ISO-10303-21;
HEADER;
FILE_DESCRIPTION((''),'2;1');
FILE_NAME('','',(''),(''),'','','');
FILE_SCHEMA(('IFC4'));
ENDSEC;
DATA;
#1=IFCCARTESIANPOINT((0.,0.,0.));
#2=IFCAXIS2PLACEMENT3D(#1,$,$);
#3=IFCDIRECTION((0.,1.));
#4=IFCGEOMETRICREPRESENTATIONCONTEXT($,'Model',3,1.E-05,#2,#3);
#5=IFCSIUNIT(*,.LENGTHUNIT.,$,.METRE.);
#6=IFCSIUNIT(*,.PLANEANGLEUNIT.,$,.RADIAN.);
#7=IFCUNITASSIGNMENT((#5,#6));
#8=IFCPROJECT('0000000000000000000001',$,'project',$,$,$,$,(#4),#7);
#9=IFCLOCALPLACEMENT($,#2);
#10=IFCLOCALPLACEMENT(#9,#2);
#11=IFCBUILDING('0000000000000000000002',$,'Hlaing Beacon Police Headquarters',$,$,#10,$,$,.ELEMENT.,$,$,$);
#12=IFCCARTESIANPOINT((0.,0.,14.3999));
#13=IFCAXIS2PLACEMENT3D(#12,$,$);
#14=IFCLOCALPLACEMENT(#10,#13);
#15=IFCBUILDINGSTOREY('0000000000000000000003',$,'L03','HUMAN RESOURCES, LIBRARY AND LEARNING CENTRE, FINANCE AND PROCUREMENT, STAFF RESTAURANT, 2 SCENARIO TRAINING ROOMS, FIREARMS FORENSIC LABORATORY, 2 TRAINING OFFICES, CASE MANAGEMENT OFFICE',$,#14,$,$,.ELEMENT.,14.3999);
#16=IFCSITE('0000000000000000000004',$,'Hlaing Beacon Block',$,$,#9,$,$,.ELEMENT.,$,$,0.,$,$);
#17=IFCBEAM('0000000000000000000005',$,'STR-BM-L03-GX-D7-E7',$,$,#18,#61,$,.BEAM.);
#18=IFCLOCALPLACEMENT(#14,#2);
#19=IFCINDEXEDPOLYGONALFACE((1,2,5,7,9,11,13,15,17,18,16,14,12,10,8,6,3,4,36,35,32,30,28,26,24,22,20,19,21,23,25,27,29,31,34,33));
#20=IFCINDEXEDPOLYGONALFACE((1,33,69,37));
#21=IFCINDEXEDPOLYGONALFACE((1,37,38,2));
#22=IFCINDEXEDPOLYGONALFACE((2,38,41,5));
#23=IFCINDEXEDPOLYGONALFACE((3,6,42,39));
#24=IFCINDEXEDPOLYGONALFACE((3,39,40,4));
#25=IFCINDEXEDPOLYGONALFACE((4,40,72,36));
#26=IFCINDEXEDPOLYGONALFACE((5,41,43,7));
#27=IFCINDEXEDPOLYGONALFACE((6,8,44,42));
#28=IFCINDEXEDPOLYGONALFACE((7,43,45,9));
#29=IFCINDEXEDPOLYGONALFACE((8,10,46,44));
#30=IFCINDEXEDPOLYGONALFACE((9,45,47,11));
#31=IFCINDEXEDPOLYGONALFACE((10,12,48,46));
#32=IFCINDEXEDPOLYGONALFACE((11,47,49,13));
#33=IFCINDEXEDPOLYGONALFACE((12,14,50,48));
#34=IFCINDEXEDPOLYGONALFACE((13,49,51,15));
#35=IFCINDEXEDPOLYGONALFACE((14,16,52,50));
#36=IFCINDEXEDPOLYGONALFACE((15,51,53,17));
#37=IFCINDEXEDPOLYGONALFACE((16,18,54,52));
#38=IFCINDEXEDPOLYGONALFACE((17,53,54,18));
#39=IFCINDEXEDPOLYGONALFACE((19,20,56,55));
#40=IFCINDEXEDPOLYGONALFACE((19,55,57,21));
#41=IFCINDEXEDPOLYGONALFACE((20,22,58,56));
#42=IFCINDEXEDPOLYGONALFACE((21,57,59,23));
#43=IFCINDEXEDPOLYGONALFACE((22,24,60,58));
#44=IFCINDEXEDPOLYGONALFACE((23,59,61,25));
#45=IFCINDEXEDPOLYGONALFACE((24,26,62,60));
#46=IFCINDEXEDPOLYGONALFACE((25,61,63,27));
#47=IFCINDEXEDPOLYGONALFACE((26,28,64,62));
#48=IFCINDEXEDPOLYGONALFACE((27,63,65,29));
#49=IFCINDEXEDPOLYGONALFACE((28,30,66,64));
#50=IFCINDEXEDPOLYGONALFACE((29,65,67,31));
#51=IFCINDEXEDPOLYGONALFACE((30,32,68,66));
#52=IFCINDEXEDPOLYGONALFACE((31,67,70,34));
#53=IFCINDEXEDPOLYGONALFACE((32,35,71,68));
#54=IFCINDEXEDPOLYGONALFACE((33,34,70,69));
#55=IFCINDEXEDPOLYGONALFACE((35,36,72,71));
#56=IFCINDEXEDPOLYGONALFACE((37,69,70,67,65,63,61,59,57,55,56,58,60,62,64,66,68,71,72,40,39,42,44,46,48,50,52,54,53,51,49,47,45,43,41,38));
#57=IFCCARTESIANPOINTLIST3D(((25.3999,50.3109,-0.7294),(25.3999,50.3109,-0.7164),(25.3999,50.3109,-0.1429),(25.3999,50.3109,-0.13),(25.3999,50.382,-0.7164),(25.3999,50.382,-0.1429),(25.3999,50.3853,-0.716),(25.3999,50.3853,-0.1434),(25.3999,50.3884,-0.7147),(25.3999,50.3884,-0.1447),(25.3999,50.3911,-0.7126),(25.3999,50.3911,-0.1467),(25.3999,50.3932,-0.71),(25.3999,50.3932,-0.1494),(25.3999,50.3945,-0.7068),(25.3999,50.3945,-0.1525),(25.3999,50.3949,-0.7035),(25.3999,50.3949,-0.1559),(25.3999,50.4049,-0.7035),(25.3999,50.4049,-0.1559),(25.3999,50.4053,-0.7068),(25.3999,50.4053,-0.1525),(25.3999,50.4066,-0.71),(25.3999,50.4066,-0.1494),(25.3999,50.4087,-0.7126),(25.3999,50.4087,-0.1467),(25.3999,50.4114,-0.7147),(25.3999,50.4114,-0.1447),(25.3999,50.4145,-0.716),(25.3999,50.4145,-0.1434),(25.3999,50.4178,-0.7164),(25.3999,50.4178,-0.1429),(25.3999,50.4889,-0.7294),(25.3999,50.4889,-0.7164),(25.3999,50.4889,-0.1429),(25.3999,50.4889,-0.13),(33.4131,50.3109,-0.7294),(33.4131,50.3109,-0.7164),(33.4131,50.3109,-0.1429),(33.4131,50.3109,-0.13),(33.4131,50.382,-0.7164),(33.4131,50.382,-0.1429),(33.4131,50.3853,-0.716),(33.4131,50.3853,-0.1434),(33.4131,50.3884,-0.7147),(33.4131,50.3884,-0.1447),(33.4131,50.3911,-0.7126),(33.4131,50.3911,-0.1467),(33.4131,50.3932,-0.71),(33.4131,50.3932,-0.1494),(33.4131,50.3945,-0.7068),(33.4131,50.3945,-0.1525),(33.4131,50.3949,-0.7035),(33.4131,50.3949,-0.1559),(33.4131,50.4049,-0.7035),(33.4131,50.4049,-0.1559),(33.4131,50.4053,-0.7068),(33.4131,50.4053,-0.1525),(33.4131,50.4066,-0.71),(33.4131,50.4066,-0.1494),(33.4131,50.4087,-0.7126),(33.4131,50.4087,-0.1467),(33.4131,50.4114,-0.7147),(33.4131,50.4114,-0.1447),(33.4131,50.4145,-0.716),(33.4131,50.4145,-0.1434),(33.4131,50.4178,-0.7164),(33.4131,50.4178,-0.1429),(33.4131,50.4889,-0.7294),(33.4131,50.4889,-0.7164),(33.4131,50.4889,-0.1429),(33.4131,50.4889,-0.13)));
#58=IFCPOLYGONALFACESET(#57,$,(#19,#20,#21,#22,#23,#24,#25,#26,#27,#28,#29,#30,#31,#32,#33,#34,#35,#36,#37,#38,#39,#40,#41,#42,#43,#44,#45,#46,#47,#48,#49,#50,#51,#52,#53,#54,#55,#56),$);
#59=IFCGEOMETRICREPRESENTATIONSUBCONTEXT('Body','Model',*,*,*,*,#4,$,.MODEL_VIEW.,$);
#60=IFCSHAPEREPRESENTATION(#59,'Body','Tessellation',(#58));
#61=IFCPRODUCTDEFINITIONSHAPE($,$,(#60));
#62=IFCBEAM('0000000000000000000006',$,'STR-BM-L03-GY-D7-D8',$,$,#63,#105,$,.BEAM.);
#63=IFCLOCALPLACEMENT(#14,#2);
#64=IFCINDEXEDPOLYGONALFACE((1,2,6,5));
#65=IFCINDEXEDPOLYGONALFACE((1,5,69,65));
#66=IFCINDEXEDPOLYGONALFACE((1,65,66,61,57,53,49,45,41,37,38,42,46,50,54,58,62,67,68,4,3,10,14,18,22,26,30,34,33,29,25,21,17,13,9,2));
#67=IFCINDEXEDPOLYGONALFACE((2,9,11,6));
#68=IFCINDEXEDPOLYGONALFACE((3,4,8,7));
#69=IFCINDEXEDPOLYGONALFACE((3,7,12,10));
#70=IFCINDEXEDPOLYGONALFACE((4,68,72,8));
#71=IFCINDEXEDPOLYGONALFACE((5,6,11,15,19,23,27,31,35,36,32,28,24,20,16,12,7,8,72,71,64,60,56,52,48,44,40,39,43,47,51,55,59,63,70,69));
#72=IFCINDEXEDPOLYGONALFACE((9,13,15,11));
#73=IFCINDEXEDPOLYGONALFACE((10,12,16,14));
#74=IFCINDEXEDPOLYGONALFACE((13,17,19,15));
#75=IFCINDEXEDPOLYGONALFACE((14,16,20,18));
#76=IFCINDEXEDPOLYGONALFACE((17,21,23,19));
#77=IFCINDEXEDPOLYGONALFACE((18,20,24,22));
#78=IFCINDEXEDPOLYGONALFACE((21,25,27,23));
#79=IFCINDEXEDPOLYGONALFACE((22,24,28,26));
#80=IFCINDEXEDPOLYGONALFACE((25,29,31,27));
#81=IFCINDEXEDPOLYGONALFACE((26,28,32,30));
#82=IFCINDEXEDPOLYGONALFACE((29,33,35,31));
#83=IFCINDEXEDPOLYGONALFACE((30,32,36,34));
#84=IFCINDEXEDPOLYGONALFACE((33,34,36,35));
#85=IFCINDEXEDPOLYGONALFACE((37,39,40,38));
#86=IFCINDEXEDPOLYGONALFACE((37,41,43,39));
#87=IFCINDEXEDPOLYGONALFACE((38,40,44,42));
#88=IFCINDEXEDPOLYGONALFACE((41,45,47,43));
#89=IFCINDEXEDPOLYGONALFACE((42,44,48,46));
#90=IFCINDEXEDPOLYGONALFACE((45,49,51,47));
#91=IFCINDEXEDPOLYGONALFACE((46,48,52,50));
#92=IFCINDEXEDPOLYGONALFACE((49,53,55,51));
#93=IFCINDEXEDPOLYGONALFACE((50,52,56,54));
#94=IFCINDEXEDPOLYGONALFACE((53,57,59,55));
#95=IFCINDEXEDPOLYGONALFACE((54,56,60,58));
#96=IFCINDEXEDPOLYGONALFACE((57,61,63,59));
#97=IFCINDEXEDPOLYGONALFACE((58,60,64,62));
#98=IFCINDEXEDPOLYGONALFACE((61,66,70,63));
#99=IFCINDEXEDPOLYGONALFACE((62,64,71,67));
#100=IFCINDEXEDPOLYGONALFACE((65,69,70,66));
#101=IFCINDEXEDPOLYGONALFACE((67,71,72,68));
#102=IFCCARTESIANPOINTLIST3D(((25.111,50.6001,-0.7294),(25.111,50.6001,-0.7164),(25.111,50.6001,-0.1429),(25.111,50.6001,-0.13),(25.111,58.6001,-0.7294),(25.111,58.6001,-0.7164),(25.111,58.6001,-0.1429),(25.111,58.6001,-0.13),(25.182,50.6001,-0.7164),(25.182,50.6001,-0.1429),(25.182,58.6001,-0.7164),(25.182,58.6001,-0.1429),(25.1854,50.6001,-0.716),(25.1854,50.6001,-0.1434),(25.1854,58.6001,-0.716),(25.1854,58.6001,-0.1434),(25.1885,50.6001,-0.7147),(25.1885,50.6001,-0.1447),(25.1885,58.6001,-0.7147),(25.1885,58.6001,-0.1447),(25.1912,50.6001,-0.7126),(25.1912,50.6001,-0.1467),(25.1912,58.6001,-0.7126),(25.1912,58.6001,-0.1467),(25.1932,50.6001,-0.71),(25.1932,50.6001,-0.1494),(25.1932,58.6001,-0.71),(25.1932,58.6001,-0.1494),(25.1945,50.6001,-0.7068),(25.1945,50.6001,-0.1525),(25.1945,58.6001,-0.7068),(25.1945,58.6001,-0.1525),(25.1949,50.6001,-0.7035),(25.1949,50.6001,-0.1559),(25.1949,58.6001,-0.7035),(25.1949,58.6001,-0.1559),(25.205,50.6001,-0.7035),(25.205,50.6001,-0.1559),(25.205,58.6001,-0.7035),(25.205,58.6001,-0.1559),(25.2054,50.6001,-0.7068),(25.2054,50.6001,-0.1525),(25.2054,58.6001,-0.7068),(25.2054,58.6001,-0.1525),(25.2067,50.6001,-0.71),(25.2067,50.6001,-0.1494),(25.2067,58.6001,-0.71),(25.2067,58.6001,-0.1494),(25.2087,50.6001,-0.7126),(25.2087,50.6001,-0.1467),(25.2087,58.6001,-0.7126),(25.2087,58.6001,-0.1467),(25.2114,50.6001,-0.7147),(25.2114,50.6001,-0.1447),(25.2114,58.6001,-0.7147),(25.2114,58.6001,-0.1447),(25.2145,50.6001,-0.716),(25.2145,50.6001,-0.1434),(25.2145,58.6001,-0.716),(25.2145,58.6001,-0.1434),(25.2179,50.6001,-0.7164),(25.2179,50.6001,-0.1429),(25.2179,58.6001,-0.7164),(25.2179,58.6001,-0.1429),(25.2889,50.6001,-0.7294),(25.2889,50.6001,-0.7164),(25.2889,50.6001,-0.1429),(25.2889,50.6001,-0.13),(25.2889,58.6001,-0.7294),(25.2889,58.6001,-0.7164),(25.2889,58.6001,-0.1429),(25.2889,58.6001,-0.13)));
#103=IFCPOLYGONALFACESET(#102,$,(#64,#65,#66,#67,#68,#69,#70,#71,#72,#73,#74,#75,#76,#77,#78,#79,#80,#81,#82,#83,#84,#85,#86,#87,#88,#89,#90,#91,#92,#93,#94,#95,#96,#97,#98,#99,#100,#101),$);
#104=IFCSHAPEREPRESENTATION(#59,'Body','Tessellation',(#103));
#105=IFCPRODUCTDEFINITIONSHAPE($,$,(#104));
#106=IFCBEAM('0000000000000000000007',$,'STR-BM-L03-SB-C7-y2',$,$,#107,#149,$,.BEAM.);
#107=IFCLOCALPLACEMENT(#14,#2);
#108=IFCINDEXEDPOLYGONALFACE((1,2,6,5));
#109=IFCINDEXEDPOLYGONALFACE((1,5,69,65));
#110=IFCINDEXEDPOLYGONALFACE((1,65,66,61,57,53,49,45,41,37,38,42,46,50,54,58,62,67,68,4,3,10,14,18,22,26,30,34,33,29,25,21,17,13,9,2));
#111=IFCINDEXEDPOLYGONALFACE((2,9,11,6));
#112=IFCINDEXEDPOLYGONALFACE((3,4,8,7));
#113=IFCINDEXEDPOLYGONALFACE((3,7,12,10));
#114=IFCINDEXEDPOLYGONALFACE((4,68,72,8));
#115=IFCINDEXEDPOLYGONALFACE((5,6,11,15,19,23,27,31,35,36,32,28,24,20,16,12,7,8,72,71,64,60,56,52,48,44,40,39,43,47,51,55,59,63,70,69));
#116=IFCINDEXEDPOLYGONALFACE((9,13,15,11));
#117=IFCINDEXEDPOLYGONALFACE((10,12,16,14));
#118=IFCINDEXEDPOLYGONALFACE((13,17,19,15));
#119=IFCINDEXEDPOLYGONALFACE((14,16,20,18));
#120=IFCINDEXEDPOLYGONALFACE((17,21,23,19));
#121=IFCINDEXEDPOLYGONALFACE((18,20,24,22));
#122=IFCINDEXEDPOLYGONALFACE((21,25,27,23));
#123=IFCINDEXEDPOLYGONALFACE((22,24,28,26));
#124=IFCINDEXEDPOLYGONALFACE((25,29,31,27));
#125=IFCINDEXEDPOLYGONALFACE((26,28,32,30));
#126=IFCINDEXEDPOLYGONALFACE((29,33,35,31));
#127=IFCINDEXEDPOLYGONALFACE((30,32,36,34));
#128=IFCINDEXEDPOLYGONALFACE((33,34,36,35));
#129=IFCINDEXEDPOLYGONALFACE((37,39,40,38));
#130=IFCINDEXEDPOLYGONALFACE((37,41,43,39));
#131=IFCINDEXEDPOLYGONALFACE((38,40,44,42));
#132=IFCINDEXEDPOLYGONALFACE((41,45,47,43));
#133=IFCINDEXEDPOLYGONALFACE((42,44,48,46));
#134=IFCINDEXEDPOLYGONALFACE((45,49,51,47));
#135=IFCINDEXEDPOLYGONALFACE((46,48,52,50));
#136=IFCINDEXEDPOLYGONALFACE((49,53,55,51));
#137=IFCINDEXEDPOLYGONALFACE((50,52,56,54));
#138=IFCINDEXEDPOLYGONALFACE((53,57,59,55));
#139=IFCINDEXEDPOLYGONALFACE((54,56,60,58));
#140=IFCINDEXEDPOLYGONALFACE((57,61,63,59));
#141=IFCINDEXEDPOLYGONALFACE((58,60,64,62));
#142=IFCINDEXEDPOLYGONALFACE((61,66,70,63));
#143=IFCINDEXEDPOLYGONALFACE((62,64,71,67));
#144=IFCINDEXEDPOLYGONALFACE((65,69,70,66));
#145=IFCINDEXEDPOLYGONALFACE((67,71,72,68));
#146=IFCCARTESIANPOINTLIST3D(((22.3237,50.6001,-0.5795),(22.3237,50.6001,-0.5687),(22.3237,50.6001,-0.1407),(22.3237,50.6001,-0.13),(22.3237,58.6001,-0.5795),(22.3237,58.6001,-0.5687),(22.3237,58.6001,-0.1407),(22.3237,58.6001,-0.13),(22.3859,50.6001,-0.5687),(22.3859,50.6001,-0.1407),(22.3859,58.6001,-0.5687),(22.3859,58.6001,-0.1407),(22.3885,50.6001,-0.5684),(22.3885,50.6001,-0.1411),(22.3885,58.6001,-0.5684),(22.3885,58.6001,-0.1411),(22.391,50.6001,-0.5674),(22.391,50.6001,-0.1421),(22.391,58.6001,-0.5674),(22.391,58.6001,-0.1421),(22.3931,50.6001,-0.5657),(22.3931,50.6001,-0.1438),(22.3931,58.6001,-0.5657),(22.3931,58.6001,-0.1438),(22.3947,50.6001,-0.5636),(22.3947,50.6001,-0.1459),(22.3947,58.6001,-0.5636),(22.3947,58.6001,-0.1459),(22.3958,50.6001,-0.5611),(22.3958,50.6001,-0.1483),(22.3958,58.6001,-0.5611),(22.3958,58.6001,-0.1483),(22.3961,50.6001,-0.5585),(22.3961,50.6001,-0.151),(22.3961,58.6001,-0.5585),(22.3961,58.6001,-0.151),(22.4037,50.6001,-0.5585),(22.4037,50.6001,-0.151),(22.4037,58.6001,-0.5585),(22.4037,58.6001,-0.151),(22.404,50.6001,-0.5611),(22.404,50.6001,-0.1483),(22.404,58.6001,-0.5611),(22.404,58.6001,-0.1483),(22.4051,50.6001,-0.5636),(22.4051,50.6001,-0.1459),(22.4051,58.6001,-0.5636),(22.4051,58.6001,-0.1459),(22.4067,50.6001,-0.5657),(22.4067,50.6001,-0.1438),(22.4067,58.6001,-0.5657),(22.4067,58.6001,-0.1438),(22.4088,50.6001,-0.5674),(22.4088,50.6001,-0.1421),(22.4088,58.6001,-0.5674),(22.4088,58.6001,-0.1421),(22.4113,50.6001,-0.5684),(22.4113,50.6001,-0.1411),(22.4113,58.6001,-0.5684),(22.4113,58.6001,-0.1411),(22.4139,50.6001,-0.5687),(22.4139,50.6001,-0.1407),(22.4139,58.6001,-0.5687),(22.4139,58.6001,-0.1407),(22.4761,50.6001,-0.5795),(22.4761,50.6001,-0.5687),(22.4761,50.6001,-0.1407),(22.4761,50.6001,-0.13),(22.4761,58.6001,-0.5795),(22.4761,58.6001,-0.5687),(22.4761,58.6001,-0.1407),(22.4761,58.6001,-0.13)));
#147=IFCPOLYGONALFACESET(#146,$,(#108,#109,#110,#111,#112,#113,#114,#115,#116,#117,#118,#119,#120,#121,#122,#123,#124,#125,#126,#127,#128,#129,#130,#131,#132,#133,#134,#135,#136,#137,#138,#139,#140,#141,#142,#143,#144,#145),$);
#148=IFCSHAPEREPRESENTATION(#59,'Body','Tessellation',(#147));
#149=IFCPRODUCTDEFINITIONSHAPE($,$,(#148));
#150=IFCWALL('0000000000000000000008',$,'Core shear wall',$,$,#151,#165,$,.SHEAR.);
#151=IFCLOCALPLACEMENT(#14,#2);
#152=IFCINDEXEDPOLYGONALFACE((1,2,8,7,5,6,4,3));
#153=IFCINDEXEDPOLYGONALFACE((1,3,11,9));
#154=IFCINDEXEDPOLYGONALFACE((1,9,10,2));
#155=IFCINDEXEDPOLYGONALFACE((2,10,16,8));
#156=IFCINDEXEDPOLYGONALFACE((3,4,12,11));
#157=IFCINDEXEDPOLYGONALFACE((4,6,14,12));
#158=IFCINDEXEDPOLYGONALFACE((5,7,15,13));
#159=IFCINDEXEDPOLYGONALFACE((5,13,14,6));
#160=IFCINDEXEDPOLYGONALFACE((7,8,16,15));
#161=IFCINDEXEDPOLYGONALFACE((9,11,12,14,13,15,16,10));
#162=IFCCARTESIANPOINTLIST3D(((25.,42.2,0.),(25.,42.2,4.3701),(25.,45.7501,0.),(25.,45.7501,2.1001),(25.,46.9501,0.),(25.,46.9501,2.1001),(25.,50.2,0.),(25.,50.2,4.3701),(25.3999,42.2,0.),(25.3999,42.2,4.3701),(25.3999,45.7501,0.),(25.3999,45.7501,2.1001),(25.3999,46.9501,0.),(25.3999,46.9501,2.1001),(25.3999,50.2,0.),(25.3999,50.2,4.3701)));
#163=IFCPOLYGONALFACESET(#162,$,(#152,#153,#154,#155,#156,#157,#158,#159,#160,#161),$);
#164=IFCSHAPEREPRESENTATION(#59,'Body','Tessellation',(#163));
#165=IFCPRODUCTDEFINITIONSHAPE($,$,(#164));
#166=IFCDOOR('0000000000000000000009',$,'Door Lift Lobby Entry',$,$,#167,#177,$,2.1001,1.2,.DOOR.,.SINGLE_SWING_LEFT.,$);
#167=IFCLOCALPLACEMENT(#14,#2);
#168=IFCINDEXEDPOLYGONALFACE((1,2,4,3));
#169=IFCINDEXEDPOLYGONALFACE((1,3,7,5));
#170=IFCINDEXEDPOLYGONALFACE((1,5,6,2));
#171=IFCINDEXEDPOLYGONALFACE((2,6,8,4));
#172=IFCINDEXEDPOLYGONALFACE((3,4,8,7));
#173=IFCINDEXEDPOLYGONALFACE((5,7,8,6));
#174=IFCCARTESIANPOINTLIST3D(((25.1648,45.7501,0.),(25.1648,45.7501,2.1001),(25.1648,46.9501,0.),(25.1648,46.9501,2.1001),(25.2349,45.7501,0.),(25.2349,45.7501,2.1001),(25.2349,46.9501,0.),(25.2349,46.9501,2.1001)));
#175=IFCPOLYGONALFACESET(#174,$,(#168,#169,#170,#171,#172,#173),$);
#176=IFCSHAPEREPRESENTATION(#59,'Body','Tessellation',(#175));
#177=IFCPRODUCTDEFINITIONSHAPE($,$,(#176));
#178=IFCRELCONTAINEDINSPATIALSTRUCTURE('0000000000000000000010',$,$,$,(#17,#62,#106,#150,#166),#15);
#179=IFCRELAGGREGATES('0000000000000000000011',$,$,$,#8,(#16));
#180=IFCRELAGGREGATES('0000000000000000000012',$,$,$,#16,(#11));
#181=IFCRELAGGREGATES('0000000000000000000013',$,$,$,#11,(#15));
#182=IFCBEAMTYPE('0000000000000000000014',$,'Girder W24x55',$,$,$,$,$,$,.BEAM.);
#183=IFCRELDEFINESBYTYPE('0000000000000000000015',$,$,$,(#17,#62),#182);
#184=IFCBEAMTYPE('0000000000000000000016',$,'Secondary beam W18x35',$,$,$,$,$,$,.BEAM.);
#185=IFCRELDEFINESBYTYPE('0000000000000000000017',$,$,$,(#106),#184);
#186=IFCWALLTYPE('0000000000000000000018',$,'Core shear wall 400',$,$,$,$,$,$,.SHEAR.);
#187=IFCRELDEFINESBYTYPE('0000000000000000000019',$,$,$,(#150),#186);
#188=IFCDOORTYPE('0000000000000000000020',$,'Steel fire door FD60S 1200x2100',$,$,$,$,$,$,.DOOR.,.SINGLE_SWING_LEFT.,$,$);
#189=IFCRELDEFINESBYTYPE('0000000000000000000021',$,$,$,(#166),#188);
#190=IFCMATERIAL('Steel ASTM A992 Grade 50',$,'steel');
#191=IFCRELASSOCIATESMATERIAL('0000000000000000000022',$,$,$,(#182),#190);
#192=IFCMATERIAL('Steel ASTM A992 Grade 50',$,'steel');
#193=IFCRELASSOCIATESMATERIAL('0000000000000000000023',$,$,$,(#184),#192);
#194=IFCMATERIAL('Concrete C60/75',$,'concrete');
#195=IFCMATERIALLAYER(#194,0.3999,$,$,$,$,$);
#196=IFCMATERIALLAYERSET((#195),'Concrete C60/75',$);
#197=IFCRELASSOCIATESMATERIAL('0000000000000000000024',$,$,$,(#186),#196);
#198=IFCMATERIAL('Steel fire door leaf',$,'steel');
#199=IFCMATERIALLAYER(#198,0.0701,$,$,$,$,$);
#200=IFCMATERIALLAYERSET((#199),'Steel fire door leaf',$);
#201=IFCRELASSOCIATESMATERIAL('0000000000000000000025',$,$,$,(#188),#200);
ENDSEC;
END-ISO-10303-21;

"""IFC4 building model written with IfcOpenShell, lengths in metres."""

from ifc_helpers import new_model, si_unit, direction, frame, frame_2d, origin, origin_2d, place, context, subcontext, project, spatial, rectangle, i_section, extrude, material, layer, layer_set, material_profile, profile_set, type_object, element, fill, save


model = new_model("IFC4")

# Units and contexts
model_context = context("Model", 3, precision=1e-05, world=origin(), true_north=direction((0.0, 1.0)))
body_context = subcontext(model_context, "Body", "Model", "MODEL_VIEW")
ifc_project = project(units=[si_unit("LENGTHUNIT", "METRE"), si_unit("PLANEANGLEUNIT", "RADIAN")], contexts=[model_context])

# Site, building, storey
site_placement = place(None, origin())
site = spatial("IfcSite", under=ifc_project, at=site_placement, Name="Hlaing Beacon Block", CompositionType="ELEMENT", RefElevation=0.0)
building_placement = place(site_placement, origin())
building = spatial("IfcBuilding", under=site, at=building_placement, Name="Hlaing Beacon Police Headquarters", CompositionType="ELEMENT")
storey_placement = place(building_placement, frame((0.0, 0.0, 14.3999)))
storey = spatial("IfcBuildingStorey", under=building, at=storey_placement, Name="L03", Description="HUMAN RESOURCES, LIBRARY AND LEARNING CENTRE, FINANCE AND PROCUREMENT, STAFF RESTAURANT, 2 SCENARIO TRAINING ROOMS, FIREARMS FORENSIC LABORATORY, 2 TRAINING OFFICES, CASE MANAGEMENT OFFICE", CompositionType="ELEMENT", Elevation=14.3999)

# Beams
ifc_material_1 = material(Name="Steel ASTM A992 Grade 50", Category="steel")
ifc_material_profile_1 = material_profile(ifc_material_1, i_section(OverallWidth=0.178, OverallDepth=0.5994, WebThickness=0.01, FlangeThickness=0.0129, FilletRadius=0.0129, at=origin_2d()), Name="W24x55")
ifc_profile_set_1 = profile_set([ifc_material_profile_1], Name="Steel ASTM A992 Grade 50")
beam_type_1 = type_object("IfcBeamType", Name="Girder W24x55", PredefinedType="BEAM", material=ifc_profile_set_1)
beam_1_placement = place(storey_placement, frame((25.3999, 50.3999, -0.4297), z_axis=(1.0, 0.0, 0.0), x_axis=(0.0, 1.0, 0.0)))
element("IfcBeam", 1, at=beam_1_placement, inside=storey, type_object=beam_type_1, Name="STR-BM-L03-GX-D7-E7", PredefinedType="BEAM", context=body_context, shape_type="SweptSolid", body=[
    extrude(i_section(OverallWidth=0.178, OverallDepth=0.5994, WebThickness=0.01, FlangeThickness=0.0129, FilletRadius=0.0129, at=origin_2d()), origin(), (0.0, 0.0, 1.0), 8.0132),
])
beam_2_placement = place(storey_placement, frame((25.2, 50.6001, -0.4297), z_axis=(0.0, 1.0, 0.0), x_axis=(-1.0, 0.0, 0.0)))
element("IfcBeam", 2, at=beam_2_placement, inside=storey, type_object=beam_type_1, Name="STR-BM-L03-GY-D7-D8", PredefinedType="BEAM", context=body_context, shape_type="SweptSolid", body=[
    extrude(i_section(OverallWidth=0.178, OverallDepth=0.5994, WebThickness=0.01, FlangeThickness=0.0129, FilletRadius=0.0129, at=origin_2d()), origin(), (0.0, 0.0, 1.0), 8.0),
])
ifc_material_2 = material(Name="Steel ASTM A992 Grade 50", Category="steel")
ifc_material_profile_2 = material_profile(ifc_material_2, i_section(OverallWidth=0.1523, OverallDepth=0.4495, WebThickness=0.0076, FlangeThickness=0.0107, FilletRadius=0.0103, at=origin_2d()), Name="W18x35")
ifc_profile_set_2 = profile_set([ifc_material_profile_2], Name="Steel ASTM A992 Grade 50")
beam_type_2 = type_object("IfcBeamType", Name="Secondary beam W18x35", PredefinedType="BEAM", material=ifc_profile_set_2)
beam_3_placement = place(storey_placement, frame((22.3999, 50.6001, -0.3547), z_axis=(0.0, 1.0, 0.0), x_axis=(-1.0, 0.0, 0.0)))
element("IfcBeam", 3, at=beam_3_placement, inside=storey, type_object=beam_type_2, Name="STR-BM-L03-SB-C7-y2", PredefinedType="BEAM", context=body_context, shape_type="SweptSolid", body=[
    extrude(i_section(OverallWidth=0.1523, OverallDepth=0.4495, WebThickness=0.0076, FlangeThickness=0.0107, FilletRadius=0.0103, at=origin_2d()), origin(), (0.0, 0.0, 1.0), 8.0),
])

# Wall, opening, door
ifc_material_3 = material(Name="Concrete C60/75", Category="concrete")
ifc_layer_1 = layer(ifc_material_3, 0.3999)
ifc_layer_set_1 = layer_set([ifc_layer_1], Name="Concrete C60/75")
wall_type_1 = type_object("IfcWallType", Name="Core shear wall 400", PredefinedType="SHEAR", material=ifc_layer_set_1)
wall_1_placement = place(storey_placement, frame((25.2, 42.2, 0.0), z_axis=(0.0, 0.0, 1.0), x_axis=(0.0, 1.0, 0.0)))
wall_1 = element("IfcWall", 4, at=wall_1_placement, inside=storey, type_object=wall_type_1, Name="Core shear wall", PredefinedType="SHEAR", context=body_context, shape_type="SweptSolid", body=[
    extrude(rectangle(XDim=8.0, YDim=0.3999, at=frame_2d((4.0, 0.0))), origin(), (0.0, 0.0, 1.0), 4.3701),
])
opening_1_placement = place(wall_1_placement, frame((3.55, 0.0, 0.0)))
opening_1 = element("IfcOpeningElement", 5, at=opening_1_placement, cuts=wall_1, PredefinedType="OPENING", context=body_context, shape_type="SweptSolid", body=[
    extrude(rectangle(XDim=1.2, YDim=2.1001, at=frame_2d((0.6001, 1.05))), frame((0.0, 0.21, 0.0), z_axis=(0.0, -1.0, 0.0), x_axis=(1.0, 0.0, 0.0)), (0.0, 0.0, 1.0), 0.4199),
])
ifc_material_4 = material(Name="Steel fire door leaf", Category="steel")
ifc_layer_2 = layer(ifc_material_4, 0.0701)
ifc_layer_set_2 = layer_set([ifc_layer_2], Name="Steel fire door leaf")
door_type_1 = type_object("IfcDoorType", Name="Steel fire door FD60S 1200x2100", OperationType="SINGLE_SWING_LEFT", PredefinedType="DOOR", material=ifc_layer_set_2)
door_1_placement = place(opening_1_placement, origin())
door_1 = element("IfcDoor", 6, at=door_1_placement, inside=storey, type_object=door_type_1, Name="Door Lift Lobby Entry", OperationType="SINGLE_SWING_LEFT", OverallHeight=2.1001, OverallWidth=1.2, PredefinedType="DOOR", context=body_context, shape_type="SweptSolid", body=[
    extrude(rectangle(XDim=1.2, YDim=2.1001, at=frame_2d((0.6001, 1.05))), frame((0.0, 0.0352, 0.0), z_axis=(0.0, -1.0, 0.0), x_axis=(1.0, 0.0, 0.0)), (0.0, 0.0, 1.0), 0.0701),
])
fill(opening_1, door_1)

save(model, "model.ifc")
